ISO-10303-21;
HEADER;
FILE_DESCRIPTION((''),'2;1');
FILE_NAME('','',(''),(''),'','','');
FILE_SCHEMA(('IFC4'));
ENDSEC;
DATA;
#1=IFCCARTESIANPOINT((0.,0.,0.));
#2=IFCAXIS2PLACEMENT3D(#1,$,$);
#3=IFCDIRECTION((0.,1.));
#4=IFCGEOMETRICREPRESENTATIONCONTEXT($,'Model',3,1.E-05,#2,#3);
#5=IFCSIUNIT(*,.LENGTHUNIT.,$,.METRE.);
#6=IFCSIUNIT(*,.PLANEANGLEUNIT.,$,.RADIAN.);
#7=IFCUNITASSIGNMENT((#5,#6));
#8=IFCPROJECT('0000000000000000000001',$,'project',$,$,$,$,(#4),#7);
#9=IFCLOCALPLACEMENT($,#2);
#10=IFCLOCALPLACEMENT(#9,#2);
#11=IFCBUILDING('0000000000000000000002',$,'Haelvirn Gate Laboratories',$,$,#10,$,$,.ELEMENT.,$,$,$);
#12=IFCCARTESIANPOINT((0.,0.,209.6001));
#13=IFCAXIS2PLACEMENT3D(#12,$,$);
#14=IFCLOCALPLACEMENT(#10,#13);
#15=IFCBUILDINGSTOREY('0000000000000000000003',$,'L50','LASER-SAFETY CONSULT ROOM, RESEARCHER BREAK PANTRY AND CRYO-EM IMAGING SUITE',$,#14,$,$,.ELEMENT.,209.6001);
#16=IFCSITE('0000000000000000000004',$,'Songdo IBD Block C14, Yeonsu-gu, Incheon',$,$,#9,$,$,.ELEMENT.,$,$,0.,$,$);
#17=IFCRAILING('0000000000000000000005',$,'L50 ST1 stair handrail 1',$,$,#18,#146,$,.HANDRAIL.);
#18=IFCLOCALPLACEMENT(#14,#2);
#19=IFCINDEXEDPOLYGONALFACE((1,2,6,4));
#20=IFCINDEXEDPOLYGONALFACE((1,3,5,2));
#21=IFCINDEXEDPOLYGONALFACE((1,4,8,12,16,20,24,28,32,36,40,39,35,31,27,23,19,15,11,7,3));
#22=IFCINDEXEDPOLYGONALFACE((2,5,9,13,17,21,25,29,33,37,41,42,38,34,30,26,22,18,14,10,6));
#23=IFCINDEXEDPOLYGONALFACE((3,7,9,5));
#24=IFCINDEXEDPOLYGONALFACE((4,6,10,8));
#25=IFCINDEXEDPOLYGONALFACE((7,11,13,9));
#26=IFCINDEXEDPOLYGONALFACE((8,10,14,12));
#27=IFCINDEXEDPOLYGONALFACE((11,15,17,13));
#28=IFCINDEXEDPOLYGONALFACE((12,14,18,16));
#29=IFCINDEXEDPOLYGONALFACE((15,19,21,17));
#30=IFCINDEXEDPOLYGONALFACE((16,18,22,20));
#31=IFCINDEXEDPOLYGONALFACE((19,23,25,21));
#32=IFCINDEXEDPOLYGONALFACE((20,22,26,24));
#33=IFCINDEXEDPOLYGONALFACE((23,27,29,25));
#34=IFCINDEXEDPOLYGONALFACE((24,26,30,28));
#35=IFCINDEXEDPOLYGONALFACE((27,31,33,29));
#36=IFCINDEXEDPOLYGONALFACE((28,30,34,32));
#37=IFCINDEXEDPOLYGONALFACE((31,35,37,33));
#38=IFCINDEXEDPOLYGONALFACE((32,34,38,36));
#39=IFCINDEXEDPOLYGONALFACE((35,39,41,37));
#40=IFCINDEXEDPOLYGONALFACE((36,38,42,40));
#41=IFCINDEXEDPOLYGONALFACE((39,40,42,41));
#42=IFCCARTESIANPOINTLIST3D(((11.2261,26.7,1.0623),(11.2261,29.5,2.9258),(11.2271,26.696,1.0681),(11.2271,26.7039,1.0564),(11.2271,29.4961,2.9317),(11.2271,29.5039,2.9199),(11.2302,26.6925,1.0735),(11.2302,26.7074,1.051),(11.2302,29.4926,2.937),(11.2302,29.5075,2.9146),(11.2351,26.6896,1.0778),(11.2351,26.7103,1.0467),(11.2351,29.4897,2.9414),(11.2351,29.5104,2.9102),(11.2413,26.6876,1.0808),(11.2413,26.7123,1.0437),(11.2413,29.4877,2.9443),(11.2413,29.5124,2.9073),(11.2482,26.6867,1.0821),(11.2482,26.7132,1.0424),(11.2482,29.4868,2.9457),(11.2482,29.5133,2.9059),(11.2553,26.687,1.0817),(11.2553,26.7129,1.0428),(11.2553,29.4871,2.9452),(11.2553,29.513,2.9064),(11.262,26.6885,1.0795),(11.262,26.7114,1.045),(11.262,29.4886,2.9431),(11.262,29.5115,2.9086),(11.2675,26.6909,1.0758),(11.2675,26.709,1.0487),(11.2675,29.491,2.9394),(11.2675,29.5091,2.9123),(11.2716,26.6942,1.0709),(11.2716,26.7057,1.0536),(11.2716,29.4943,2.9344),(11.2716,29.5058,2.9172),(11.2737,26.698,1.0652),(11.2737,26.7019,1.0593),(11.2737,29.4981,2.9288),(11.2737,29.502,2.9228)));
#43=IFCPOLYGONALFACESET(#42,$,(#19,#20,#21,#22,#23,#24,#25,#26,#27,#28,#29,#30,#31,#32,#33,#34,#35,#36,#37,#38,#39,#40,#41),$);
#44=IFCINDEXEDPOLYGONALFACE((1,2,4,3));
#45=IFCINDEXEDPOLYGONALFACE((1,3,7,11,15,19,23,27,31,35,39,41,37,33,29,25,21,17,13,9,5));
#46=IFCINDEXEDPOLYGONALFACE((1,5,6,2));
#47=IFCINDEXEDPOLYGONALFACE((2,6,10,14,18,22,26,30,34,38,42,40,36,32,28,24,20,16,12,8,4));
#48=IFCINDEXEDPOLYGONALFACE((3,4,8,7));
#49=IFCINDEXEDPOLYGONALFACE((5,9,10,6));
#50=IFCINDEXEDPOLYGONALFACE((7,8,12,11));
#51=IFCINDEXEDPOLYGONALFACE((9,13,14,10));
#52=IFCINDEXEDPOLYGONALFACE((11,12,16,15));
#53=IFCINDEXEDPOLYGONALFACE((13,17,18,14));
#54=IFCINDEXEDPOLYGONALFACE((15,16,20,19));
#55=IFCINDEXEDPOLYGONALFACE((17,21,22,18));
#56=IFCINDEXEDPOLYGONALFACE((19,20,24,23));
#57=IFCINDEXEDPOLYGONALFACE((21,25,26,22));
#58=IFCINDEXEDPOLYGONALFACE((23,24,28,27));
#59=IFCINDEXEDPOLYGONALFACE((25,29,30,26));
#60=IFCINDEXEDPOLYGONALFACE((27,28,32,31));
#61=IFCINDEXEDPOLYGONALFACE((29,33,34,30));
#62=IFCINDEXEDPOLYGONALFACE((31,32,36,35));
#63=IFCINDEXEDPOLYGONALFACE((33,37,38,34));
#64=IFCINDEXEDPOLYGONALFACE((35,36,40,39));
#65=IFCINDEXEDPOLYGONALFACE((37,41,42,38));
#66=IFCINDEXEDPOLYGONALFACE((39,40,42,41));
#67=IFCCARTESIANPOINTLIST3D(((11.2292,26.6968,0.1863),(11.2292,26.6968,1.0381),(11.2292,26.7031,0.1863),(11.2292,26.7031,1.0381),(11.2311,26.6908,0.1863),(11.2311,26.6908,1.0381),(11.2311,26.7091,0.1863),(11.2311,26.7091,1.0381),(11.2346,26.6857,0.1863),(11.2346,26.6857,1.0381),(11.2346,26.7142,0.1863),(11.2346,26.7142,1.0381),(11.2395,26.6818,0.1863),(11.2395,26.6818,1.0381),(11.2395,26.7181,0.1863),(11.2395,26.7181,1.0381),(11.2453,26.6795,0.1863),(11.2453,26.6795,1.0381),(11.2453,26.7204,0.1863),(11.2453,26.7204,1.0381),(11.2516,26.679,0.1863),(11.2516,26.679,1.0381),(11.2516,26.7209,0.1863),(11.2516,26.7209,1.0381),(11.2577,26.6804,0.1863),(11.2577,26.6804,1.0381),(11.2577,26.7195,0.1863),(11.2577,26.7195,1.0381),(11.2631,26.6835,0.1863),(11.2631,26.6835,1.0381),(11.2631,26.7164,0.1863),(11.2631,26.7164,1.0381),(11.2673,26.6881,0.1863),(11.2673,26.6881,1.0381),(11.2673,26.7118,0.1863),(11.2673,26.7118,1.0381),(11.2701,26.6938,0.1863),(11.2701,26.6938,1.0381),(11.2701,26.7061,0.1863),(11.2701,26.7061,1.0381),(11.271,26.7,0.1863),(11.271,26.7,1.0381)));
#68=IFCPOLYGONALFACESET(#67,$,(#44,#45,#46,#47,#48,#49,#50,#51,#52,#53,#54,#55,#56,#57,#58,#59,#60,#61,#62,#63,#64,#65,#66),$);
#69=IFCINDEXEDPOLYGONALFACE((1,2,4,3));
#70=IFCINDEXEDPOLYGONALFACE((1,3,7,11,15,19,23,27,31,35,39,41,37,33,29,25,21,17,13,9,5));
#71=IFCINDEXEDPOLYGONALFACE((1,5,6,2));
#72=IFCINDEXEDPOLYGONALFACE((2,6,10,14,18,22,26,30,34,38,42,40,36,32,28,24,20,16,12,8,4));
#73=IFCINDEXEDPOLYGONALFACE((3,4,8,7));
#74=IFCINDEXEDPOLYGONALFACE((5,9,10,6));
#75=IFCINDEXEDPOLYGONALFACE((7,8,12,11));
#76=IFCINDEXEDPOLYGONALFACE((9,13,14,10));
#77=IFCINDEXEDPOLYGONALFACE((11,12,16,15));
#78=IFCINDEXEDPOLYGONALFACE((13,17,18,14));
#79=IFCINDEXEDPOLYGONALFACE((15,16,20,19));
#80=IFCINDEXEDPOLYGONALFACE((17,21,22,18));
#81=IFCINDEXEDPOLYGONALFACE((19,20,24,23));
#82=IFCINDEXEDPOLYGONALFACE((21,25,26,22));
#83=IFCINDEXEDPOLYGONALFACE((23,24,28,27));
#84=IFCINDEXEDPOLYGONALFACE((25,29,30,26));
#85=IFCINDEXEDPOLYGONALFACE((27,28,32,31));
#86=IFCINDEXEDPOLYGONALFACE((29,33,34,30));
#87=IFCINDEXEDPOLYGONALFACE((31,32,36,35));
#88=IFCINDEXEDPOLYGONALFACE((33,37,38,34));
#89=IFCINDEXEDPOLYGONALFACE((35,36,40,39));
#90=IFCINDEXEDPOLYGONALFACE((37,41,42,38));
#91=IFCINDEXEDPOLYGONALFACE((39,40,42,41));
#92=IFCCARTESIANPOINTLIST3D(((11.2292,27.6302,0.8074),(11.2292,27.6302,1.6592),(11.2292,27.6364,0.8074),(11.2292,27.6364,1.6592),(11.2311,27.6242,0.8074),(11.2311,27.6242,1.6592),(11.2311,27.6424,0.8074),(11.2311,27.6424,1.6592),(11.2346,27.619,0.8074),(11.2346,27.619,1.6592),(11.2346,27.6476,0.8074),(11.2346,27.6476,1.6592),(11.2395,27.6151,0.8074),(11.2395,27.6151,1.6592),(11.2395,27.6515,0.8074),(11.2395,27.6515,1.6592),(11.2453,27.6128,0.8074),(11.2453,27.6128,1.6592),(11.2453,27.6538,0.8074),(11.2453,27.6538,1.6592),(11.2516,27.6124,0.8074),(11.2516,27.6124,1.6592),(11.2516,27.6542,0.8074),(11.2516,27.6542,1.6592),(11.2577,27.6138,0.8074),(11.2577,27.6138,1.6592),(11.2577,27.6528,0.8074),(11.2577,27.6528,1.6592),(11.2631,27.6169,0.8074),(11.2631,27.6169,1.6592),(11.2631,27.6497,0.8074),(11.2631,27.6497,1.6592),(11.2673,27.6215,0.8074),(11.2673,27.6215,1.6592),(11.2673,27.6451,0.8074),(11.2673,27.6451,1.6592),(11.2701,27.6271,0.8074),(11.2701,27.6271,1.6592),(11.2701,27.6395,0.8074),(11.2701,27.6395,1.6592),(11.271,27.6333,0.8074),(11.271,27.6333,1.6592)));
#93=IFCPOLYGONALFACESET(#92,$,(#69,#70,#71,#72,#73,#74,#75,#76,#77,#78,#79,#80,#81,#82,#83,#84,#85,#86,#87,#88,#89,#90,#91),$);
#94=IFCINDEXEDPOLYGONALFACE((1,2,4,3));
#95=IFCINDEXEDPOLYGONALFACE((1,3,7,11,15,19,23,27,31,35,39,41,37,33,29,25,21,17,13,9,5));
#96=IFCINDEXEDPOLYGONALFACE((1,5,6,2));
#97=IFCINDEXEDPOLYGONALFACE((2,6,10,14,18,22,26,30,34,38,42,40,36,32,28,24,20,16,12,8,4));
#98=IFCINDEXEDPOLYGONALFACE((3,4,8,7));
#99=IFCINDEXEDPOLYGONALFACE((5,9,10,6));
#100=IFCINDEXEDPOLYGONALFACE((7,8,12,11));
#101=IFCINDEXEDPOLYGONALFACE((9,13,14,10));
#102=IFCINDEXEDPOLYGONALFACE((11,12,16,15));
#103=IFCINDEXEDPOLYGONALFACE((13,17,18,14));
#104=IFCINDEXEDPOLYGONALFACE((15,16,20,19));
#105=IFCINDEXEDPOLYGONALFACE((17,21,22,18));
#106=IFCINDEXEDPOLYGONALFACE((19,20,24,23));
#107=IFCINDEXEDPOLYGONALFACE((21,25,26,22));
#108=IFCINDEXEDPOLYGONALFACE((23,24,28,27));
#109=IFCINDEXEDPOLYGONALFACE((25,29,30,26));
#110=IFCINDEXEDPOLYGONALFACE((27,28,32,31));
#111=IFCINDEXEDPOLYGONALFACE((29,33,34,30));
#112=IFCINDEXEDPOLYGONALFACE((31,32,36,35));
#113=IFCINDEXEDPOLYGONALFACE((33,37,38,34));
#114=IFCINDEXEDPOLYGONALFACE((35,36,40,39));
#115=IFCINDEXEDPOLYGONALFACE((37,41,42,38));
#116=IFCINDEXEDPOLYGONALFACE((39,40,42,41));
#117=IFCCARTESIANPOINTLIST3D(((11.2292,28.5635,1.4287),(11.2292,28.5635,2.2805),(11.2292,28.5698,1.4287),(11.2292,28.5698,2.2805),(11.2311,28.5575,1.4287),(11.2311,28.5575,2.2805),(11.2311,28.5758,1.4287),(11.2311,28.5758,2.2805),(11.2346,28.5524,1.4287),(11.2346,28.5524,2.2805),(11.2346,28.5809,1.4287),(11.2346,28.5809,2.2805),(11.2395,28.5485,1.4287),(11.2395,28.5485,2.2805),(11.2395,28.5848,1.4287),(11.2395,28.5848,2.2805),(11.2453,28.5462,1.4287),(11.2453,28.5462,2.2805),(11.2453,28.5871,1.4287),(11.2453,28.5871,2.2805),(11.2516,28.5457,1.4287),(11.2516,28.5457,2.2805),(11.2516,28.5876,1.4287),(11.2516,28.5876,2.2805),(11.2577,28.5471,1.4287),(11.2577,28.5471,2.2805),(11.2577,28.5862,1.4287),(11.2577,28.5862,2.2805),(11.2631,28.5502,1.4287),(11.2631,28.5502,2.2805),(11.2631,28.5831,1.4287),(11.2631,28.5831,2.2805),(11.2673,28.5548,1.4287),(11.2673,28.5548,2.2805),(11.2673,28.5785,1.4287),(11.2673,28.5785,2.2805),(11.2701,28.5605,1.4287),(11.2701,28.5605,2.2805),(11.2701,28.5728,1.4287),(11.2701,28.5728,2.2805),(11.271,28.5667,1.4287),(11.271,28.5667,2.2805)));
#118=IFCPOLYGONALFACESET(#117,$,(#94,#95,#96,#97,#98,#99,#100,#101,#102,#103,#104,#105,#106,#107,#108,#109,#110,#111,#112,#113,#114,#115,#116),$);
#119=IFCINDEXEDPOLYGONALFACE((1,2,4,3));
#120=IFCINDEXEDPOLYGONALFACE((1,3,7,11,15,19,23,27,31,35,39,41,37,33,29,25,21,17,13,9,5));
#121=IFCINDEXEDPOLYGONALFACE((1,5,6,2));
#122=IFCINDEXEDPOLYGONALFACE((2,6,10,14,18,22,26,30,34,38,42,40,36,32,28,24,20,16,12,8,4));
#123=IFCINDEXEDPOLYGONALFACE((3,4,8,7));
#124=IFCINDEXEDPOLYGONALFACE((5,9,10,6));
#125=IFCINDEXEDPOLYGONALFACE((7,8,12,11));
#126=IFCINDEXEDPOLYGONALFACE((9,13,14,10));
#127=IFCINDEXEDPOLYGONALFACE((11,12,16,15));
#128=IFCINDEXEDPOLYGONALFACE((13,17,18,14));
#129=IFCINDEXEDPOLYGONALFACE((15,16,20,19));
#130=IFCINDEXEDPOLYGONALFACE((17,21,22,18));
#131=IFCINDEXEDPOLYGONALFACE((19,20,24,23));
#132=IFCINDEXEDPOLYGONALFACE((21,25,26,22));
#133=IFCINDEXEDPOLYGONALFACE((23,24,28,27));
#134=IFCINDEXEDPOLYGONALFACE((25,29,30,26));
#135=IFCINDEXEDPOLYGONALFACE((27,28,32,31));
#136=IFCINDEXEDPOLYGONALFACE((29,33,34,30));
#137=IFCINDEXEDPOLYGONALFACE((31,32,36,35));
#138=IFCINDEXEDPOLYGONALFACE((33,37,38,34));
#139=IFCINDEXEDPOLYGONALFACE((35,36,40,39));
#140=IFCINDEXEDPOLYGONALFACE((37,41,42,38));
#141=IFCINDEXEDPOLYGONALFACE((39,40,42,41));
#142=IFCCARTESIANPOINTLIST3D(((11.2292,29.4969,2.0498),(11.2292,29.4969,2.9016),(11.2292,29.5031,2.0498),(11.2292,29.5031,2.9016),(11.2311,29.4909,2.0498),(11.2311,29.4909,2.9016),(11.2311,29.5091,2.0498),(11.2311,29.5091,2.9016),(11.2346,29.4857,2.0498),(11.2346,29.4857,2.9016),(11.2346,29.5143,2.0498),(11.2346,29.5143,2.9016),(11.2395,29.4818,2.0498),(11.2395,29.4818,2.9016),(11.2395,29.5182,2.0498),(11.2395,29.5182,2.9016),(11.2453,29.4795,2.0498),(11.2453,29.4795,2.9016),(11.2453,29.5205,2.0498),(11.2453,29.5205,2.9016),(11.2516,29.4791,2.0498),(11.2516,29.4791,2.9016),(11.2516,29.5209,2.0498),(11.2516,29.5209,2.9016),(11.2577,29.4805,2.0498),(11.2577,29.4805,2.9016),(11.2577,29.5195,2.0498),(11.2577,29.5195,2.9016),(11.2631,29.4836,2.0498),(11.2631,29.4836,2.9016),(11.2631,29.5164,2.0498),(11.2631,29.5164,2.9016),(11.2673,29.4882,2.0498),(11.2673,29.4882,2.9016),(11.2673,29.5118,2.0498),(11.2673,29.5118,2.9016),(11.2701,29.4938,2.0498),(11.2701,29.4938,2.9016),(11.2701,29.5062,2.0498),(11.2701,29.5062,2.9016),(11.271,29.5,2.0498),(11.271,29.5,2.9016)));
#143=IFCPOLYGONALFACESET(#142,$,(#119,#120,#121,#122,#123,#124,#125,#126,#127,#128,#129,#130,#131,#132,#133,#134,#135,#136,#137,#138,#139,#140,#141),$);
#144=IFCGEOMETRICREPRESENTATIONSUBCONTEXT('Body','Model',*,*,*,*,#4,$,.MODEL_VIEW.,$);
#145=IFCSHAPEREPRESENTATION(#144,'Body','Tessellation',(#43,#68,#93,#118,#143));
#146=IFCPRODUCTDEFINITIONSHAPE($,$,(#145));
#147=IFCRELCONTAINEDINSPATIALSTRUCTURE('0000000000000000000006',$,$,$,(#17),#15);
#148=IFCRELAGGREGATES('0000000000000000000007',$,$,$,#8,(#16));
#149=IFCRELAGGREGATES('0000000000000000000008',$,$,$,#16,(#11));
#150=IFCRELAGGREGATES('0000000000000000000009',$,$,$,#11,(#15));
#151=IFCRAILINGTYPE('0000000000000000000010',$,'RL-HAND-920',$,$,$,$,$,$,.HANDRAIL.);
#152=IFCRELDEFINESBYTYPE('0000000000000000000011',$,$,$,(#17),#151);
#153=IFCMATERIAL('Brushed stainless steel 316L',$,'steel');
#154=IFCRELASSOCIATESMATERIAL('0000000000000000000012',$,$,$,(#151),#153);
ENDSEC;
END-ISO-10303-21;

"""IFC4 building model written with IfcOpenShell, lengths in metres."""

from ifc_helpers import new_model, si_unit, direction, frame, origin, origin_2d, place, context, subcontext, project, spatial, circle, extrude, source, transform, mapped, material, type_object, element, save


model = new_model("IFC4")

# Units and contexts
model_context = context("Model", 3, precision=1e-05, world=origin(), true_north=direction((0.0, 1.0)))
body_context = subcontext(model_context, "Body", "Model", "MODEL_VIEW")
ifc_project = project(units=[si_unit("LENGTHUNIT", "METRE"), si_unit("PLANEANGLEUNIT", "RADIAN")], contexts=[model_context])

# Site, building, storey
site_placement = place(None, origin())
site = spatial("IfcSite", under=ifc_project, at=site_placement, Name="Songdo IBD Block C14, Yeonsu-gu, Incheon", CompositionType="ELEMENT", RefElevation=0.0)
building_placement = place(site_placement, origin())
building = spatial("IfcBuilding", under=site, at=building_placement, Name="Haelvirn Gate Laboratories", CompositionType="ELEMENT")
storey_placement = place(building_placement, frame((0.0, 0.0, 209.6001)))
storey = spatial("IfcBuildingStorey", under=building, at=storey_placement, Name="L50", Description="LASER-SAFETY CONSULT ROOM, RESEARCHER BREAK PANTRY AND CRYO-EM IMAGING SUITE", CompositionType="ELEMENT", Elevation=209.6001)

# Railing
ifc_material_1 = material(Name="Brushed stainless steel 316L", Category="steel")
railing_type_1 = type_object("IfcRailingType", Name="RL-HAND-920", PredefinedType="HANDRAIL", material=ifc_material_1)
shared_shape_1 = source(origin(), body_context, "Body", "SweptSolid", [
    extrude(circle(Radius=0.0239, at=origin_2d()), frame((0.0, 0.0, 0.876), z_axis=(0.0, 0.832486, 0.554047), x_axis=(-1.0, 0.0, 0.0)), (0.0, 0.0, 1.0), 3.3635),
    extrude(circle(Radius=0.021, at=origin_2d()), origin(), (0.0, 0.0, 1.0), 0.8518),
    extrude(circle(Radius=0.021, at=origin_2d()), frame((0.0, 0.9333, 0.6211)), (0.0, 0.0, 1.0), 0.8518),
    extrude(circle(Radius=0.021, at=origin_2d()), frame((0.0, 1.8667, 1.2424)), (0.0, 0.0, 1.0), 0.8518),
    extrude(circle(Radius=0.021, at=origin_2d()), frame((0.0, 2.8, 1.8635)), (0.0, 0.0, 1.0), 0.8518),
])
railing_1_placement = place(storey_placement, frame((11.25, 26.7, 0.1863)))
element("IfcRailing", 1, at=railing_1_placement, inside=storey, type_object=railing_type_1, Name="L50 ST1 stair handrail 1", PredefinedType="HANDRAIL", context=body_context, shape_type="MappedRepresentation", body=[
    mapped(shared_shape_1, transform((0.0, 0.0, 0.0), scale=1.0)),
])

save(model, "model.ifc")
